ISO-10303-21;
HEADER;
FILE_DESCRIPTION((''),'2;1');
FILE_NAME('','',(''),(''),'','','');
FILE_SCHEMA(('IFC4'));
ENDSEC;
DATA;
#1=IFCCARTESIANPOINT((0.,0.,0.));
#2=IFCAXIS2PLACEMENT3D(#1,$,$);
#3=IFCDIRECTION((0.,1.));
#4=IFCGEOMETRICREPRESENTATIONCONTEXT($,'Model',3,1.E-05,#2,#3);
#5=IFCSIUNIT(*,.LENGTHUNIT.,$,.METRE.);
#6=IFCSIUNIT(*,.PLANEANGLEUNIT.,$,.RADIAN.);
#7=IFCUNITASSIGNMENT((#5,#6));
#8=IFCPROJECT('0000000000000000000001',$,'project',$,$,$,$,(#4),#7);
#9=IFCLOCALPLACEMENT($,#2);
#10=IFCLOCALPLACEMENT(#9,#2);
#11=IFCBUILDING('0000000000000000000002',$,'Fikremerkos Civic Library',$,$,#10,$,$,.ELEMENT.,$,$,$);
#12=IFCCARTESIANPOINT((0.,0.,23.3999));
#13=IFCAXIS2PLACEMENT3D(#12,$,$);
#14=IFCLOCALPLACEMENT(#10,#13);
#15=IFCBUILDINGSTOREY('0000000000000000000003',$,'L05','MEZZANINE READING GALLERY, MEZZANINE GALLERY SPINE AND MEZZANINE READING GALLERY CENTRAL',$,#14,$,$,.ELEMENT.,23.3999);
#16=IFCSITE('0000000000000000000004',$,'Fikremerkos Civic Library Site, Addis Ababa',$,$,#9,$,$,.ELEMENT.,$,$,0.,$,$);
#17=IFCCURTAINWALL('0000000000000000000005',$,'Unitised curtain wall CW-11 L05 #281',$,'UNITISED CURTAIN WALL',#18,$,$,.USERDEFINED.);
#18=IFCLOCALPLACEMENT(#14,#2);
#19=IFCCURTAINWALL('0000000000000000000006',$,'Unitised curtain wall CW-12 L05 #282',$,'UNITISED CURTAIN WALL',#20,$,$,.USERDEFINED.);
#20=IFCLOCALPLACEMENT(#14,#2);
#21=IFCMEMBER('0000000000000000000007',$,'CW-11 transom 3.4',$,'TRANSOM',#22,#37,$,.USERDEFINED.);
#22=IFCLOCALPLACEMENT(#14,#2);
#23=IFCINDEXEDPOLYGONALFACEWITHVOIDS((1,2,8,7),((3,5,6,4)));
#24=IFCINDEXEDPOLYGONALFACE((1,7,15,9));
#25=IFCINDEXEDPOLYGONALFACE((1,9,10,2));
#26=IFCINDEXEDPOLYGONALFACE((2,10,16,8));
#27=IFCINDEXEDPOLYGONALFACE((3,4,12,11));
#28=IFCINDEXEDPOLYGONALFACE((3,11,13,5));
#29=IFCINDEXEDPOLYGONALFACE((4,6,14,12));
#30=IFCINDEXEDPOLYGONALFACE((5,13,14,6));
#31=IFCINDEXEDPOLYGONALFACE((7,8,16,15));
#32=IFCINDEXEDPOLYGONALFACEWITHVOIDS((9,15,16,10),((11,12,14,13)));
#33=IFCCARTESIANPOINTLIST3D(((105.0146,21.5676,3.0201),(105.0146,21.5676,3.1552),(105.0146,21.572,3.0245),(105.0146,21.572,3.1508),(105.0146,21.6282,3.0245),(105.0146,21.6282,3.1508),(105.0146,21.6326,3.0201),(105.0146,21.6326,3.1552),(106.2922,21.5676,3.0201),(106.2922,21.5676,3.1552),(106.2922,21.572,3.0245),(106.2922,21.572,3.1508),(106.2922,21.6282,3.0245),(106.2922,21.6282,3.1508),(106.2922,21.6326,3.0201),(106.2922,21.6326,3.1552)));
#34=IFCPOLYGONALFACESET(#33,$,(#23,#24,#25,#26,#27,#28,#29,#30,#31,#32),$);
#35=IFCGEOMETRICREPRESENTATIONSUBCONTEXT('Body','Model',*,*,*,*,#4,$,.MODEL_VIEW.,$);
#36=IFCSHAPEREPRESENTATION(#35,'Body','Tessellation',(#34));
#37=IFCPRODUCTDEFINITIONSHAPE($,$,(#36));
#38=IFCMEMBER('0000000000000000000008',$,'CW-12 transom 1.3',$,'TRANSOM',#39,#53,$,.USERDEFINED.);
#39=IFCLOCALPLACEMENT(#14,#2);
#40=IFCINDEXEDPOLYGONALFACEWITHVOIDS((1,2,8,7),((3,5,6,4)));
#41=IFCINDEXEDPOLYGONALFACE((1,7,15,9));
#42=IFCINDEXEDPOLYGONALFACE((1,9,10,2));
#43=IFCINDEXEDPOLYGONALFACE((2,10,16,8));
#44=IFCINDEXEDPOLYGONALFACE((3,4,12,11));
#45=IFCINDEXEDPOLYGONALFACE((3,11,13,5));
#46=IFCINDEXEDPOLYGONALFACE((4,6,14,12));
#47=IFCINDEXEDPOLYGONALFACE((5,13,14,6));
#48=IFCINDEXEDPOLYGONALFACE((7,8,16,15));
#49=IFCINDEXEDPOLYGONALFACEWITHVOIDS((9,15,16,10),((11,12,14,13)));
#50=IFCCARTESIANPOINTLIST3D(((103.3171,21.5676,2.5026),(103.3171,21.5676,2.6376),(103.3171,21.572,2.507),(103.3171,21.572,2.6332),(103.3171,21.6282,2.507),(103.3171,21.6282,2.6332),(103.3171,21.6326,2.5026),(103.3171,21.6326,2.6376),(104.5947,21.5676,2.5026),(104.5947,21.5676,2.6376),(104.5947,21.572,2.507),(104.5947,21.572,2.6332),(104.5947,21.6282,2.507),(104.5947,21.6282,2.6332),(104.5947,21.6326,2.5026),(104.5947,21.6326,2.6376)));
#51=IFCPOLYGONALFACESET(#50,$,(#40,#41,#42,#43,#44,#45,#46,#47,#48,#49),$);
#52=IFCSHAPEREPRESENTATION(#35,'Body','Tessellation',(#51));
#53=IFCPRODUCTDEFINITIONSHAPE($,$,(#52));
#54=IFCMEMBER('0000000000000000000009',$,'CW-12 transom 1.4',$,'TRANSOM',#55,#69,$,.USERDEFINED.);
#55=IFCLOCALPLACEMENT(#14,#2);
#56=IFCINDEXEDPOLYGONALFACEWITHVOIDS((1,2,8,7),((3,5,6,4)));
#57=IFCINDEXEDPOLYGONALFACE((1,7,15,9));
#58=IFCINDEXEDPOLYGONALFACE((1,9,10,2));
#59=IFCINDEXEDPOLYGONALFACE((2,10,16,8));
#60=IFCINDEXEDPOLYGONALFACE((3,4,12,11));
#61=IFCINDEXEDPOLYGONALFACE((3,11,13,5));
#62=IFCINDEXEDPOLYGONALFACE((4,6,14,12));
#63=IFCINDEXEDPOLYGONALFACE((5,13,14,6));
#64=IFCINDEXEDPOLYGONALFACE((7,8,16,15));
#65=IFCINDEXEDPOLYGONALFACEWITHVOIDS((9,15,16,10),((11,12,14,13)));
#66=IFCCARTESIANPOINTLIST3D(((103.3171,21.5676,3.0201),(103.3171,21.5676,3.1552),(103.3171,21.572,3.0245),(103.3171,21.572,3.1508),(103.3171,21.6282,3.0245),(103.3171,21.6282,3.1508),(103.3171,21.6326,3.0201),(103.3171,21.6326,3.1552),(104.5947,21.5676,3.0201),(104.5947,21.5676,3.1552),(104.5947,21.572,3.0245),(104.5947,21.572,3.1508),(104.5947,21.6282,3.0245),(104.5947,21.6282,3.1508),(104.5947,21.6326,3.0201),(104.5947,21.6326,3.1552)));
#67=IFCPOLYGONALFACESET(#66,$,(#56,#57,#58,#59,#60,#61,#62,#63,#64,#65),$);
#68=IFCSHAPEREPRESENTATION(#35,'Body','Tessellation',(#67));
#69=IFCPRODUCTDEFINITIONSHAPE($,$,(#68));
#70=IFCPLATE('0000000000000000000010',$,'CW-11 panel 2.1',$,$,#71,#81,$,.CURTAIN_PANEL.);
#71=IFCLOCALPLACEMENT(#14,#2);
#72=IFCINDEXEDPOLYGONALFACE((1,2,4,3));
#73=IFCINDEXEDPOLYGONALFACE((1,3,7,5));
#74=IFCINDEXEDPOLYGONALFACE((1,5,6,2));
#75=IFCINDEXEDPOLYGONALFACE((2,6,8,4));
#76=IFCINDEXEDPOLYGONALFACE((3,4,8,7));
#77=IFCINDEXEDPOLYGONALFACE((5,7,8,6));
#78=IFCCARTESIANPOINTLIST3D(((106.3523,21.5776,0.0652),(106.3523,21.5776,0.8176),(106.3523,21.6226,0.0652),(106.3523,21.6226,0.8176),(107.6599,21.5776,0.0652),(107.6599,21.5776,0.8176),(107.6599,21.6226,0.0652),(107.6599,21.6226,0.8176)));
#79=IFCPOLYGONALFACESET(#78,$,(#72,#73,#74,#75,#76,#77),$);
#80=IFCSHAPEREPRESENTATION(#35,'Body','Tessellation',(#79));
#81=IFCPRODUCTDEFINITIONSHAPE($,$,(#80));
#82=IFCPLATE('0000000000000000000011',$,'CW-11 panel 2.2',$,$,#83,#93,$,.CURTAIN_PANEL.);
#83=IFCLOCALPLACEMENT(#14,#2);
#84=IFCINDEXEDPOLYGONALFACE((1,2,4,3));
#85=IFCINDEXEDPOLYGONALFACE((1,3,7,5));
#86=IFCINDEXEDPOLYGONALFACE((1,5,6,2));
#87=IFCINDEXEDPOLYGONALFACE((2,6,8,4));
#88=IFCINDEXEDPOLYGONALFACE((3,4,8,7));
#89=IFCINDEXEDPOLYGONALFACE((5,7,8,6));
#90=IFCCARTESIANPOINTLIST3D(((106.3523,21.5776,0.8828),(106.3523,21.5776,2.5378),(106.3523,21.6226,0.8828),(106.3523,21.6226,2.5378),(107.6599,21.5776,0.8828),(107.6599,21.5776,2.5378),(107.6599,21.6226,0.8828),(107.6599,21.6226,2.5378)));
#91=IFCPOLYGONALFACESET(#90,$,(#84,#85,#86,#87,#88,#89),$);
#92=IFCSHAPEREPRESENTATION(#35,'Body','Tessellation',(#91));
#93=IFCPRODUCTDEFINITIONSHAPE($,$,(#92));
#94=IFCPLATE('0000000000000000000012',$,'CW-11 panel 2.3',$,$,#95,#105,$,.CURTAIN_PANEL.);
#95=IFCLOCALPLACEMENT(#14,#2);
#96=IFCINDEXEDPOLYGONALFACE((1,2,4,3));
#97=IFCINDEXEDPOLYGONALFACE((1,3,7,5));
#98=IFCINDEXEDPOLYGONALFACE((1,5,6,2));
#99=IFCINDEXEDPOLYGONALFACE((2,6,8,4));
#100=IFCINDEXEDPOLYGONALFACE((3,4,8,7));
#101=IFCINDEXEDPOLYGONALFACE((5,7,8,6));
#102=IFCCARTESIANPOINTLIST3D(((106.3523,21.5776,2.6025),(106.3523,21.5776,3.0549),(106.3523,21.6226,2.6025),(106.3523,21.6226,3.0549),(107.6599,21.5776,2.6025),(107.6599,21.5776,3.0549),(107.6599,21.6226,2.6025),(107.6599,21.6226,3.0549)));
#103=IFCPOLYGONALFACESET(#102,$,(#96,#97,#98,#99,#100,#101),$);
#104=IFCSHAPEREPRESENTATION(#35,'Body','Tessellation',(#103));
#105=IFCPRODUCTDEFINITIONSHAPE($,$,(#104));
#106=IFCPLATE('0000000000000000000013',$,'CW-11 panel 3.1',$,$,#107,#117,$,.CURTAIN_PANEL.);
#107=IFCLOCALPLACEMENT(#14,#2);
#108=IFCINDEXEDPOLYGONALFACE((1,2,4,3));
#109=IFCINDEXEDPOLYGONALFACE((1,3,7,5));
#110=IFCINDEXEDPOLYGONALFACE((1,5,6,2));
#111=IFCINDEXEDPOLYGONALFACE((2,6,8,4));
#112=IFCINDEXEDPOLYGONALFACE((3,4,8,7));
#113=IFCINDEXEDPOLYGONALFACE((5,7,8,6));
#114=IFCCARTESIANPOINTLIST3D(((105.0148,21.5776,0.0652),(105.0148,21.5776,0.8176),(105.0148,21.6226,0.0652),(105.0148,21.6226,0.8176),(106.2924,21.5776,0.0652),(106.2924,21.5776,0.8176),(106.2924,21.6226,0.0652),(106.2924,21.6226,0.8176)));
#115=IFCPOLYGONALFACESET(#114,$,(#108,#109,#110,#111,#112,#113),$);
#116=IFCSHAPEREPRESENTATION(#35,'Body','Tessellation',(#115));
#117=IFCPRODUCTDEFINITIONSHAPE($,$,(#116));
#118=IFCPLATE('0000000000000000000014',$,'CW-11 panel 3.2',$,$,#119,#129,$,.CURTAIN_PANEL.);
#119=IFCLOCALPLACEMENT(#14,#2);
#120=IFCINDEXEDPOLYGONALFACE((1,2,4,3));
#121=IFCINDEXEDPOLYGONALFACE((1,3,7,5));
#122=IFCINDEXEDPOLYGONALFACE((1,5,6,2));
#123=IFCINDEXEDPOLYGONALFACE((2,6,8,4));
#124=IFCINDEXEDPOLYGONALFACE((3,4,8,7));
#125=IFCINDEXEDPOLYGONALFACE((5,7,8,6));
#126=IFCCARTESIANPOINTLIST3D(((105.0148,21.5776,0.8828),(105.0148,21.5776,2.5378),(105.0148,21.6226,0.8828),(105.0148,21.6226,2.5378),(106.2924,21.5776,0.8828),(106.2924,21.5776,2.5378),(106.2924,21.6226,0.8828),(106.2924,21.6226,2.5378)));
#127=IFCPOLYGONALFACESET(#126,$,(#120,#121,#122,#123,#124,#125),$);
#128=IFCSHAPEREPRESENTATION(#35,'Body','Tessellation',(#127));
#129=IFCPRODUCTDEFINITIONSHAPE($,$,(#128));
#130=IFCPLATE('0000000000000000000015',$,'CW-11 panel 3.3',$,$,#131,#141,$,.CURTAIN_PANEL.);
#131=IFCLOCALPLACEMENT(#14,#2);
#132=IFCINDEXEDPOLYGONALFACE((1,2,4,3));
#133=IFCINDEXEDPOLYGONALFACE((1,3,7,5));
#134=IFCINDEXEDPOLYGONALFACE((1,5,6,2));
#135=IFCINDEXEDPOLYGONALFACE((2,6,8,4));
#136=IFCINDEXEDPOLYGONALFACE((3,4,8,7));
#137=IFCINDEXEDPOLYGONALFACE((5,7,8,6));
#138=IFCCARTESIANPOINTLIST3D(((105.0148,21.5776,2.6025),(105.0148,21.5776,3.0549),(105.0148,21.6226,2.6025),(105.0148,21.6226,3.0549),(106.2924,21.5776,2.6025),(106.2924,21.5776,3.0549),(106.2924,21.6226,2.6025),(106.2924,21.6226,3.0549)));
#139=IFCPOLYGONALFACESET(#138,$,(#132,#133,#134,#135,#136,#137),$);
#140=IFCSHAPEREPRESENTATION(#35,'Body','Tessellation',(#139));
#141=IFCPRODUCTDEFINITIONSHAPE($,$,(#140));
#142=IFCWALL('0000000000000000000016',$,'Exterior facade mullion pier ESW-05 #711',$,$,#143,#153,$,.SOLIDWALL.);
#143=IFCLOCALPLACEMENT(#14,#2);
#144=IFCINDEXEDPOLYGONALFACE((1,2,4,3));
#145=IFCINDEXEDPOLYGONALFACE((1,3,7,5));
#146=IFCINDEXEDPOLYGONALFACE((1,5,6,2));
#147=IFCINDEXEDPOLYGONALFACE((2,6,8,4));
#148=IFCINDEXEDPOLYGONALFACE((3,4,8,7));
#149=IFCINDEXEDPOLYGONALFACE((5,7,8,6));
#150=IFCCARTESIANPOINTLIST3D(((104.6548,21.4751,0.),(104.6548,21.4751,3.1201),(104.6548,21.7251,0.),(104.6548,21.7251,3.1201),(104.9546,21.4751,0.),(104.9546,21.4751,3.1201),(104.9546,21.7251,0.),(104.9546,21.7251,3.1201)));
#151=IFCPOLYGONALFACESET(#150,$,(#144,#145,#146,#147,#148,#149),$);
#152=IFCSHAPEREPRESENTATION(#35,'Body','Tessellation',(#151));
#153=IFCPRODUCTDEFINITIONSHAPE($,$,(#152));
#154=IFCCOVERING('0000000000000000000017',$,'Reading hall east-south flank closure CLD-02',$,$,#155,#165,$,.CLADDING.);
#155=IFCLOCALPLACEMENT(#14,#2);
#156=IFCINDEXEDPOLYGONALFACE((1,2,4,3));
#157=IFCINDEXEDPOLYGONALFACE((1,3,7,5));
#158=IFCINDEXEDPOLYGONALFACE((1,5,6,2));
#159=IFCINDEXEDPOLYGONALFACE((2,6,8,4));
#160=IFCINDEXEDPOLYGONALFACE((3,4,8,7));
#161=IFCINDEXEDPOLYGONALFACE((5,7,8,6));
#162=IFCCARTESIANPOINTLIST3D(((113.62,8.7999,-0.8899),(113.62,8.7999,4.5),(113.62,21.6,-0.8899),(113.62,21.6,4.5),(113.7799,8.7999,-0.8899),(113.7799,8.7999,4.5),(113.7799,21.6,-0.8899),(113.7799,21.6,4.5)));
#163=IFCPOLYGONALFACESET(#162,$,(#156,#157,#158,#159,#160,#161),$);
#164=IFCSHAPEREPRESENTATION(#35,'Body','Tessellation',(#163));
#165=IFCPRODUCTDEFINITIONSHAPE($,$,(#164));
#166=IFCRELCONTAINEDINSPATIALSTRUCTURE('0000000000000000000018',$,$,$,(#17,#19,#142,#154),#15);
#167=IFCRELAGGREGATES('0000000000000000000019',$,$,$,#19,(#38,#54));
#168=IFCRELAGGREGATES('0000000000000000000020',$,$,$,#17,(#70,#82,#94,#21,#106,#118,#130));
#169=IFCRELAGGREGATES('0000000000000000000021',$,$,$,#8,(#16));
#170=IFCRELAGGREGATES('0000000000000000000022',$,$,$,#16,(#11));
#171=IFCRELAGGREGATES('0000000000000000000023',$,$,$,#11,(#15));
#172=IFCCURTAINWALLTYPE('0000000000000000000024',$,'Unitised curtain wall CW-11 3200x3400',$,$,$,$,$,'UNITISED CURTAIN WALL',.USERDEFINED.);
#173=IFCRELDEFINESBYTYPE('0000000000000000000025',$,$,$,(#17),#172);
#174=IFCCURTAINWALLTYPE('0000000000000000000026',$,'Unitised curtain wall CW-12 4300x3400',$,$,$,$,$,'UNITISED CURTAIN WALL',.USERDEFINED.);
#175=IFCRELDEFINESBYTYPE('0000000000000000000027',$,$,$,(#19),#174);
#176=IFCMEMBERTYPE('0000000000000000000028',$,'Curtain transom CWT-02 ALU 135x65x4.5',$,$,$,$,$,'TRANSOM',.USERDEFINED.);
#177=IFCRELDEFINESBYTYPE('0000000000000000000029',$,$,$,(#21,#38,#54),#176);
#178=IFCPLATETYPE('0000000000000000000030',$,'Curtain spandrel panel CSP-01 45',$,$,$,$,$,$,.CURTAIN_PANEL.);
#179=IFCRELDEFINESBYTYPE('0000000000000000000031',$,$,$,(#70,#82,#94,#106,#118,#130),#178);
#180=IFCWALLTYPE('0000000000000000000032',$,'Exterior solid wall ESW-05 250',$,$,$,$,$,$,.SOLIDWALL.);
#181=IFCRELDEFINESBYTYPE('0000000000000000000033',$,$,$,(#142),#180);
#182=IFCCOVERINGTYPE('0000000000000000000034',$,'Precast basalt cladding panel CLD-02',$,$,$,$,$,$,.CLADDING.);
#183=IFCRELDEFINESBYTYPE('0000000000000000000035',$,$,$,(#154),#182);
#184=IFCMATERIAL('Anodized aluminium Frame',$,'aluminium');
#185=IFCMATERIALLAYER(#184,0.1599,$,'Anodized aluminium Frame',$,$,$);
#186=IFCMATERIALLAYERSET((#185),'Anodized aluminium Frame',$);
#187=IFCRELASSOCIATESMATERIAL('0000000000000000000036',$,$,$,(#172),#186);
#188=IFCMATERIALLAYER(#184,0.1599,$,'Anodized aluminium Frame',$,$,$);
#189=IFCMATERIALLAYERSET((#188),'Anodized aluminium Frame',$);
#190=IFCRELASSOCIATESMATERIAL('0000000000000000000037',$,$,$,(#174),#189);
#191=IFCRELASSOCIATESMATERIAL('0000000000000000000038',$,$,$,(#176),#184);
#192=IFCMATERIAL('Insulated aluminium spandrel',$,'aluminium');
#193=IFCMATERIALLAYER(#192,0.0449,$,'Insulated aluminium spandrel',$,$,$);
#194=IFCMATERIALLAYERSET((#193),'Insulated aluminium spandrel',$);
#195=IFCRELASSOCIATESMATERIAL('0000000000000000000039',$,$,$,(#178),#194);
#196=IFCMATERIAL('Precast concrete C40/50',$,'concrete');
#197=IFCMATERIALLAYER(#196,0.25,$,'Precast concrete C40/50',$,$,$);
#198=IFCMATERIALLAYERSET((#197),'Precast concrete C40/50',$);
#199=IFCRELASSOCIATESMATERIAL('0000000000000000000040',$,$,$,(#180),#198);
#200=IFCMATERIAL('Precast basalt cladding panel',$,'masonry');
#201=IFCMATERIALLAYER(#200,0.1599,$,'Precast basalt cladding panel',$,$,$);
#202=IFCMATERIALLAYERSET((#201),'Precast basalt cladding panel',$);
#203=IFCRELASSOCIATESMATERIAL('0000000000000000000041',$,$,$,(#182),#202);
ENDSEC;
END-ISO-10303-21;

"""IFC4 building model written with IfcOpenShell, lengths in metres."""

from ifc_helpers import new_model, si_unit, direction, frame, frame_2d, origin, origin_2d, place, context, subcontext, project, spatial, rectangle, hollow_rectangle, extrude, material, layer, layer_set, material_profile, profile_set, type_object, element, aggregate, save


model = new_model("IFC4")

# Units and contexts
model_context = context("Model", 3, precision=1e-05, world=origin(), true_north=direction((0.0, 1.0)))
body_context = subcontext(model_context, "Body", "Model", "MODEL_VIEW")
ifc_project = project(units=[si_unit("LENGTHUNIT", "METRE"), si_unit("PLANEANGLEUNIT", "RADIAN")], contexts=[model_context])

# Site, building, storey
site_placement = place(None, origin())
site = spatial("IfcSite", under=ifc_project, at=site_placement, Name="Fikremerkos Civic Library Site, Addis Ababa", CompositionType="ELEMENT", RefElevation=0.0)
building_placement = place(site_placement, origin())
building = spatial("IfcBuilding", under=site, at=building_placement, Name="Fikremerkos Civic Library", CompositionType="ELEMENT")
storey_placement = place(building_placement, frame((0.0, 0.0, 23.3999)))
storey = spatial("IfcBuildingStorey", under=building, at=storey_placement, Name="L05", Description="MEZZANINE READING GALLERY, MEZZANINE GALLERY SPINE AND MEZZANINE READING GALLERY CENTRAL", CompositionType="ELEMENT", Elevation=23.3999)

# Curtain wall
ifc_material_1 = material(Name="Anodized aluminium Frame", Category="aluminium")
ifc_layer_1 = layer(ifc_material_1, 0.1599, Name="Anodized aluminium Frame")
ifc_layer_set_1 = layer_set([ifc_layer_1], Name="Anodized aluminium Frame")
curtain_wall_type_1 = type_object("IfcCurtainWallType", Name="Unitised curtain wall CW-11 3200x3400", ElementType="UNITISED CURTAIN WALL", PredefinedType="USERDEFINED", material=ifc_layer_set_1)
curtain_wall_1_placement = place(storey_placement, origin())
curtain_wall_1 = element("IfcCurtainWall", 1, at=curtain_wall_1_placement, inside=storey, type_object=curtain_wall_type_1, Name="Unitised curtain wall CW-11 L05 #281", ObjectType="UNITISED CURTAIN WALL", PredefinedType="USERDEFINED")

# Curtain wall
ifc_layer_2 = layer(ifc_material_1, 0.1599, Name="Anodized aluminium Frame")
ifc_layer_set_2 = layer_set([ifc_layer_2], Name="Anodized aluminium Frame")
curtain_wall_type_2 = type_object("IfcCurtainWallType", Name="Unitised curtain wall CW-12 4300x3400", ElementType="UNITISED CURTAIN WALL", PredefinedType="USERDEFINED", material=ifc_layer_set_2)
curtain_wall_2_placement = place(storey_placement, origin())
curtain_wall_2 = element("IfcCurtainWall", 2, at=curtain_wall_2_placement, inside=storey, type_object=curtain_wall_type_2, Name="Unitised curtain wall CW-12 L05 #282", ObjectType="UNITISED CURTAIN WALL", PredefinedType="USERDEFINED")

# Members
ifc_material_profile_1 = material_profile(ifc_material_1, hollow_rectangle(XDim=0.0649, YDim=0.135, WallThickness=0.0044, at=origin_2d()), Name="ALU 135x65x4.5")
ifc_profile_set_1 = profile_set([ifc_material_profile_1], Name="Anodized aluminium Frame")
member_type_1 = type_object("IfcMemberType", Name="Curtain transom CWT-02 ALU 135x65x4.5", ElementType="TRANSOM", PredefinedType="USERDEFINED", material=ifc_profile_set_1)
member_1_placement = place(storey_placement, frame((106.2922, 21.6001, 3.0876), z_axis=(-1.0, 0.0, 0.0), x_axis=(0.0, -1.0, 0.0)))
member_1 = element("IfcMember", 3, at=member_1_placement, type_object=member_type_1, Name="CW-11 transom 3.4", ObjectType="TRANSOM", PredefinedType="USERDEFINED", context=body_context, shape_type="SweptSolid", body=[
    extrude(hollow_rectangle(XDim=0.0649, YDim=0.135, WallThickness=0.0044, at=origin_2d()), origin(), (0.0, 0.0, 1.0), 1.2776),
])
member_2_placement = place(storey_placement, frame((104.5947, 21.6001, 2.5701), z_axis=(-1.0, 0.0, 0.0), x_axis=(0.0, -1.0, 0.0)))
member_2 = element("IfcMember", 4, at=member_2_placement, type_object=member_type_1, Name="CW-12 transom 1.3", ObjectType="TRANSOM", PredefinedType="USERDEFINED", context=body_context, shape_type="SweptSolid", body=[
    extrude(hollow_rectangle(XDim=0.0649, YDim=0.135, WallThickness=0.0044, at=origin_2d()), origin(), (0.0, 0.0, 1.0), 1.2776),
])
member_3_placement = place(storey_placement, frame((104.5947, 21.6001, 3.0876), z_axis=(-1.0, 0.0, 0.0), x_axis=(0.0, -1.0, 0.0)))
member_3 = element("IfcMember", 5, at=member_3_placement, type_object=member_type_1, Name="CW-12 transom 1.4", ObjectType="TRANSOM", PredefinedType="USERDEFINED", context=body_context, shape_type="SweptSolid", body=[
    extrude(hollow_rectangle(XDim=0.0649, YDim=0.135, WallThickness=0.0044, at=origin_2d()), origin(), (0.0, 0.0, 1.0), 1.2776),
])
aggregate(curtain_wall_2, [member_2, member_3])

# Plates
ifc_material_2 = material(Name="Insulated aluminium spandrel", Category="aluminium")
ifc_layer_3 = layer(ifc_material_2, 0.0449, Name="Insulated aluminium spandrel")
ifc_layer_set_3 = layer_set([ifc_layer_3], Name="Insulated aluminium spandrel")
plate_type = type_object("IfcPlateType", Name="Curtain spandrel panel CSP-01 45", PredefinedType="CURTAIN_PANEL", material=ifc_layer_set_3)
plate_1_placement = place(storey_placement, frame((107.0061, 21.6001, 0.0652), z_axis=(0.0, 0.0, 1.0), x_axis=(-1.0, 0.0, 0.0)))
plate_1 = element("IfcPlate", 6, at=plate_1_placement, type_object=plate_type, Name="CW-11 panel 2.1", PredefinedType="CURTAIN_PANEL", context=body_context, shape_type="SweptSolid", body=[
    extrude(rectangle(XDim=1.3076, YDim=0.0449, at=origin_2d()), origin(), (0.0, 0.0, 1.0), 0.7524),
])
plate_2_placement = place(storey_placement, frame((107.0061, 21.6001, 0.8828), z_axis=(0.0, 0.0, 1.0), x_axis=(-1.0, 0.0, 0.0)))
plate_2 = element("IfcPlate", 7, at=plate_2_placement, type_object=plate_type, Name="CW-11 panel 2.2", PredefinedType="CURTAIN_PANEL", context=body_context, shape_type="SweptSolid", body=[
    extrude(rectangle(XDim=1.3076, YDim=0.0449, at=origin_2d()), origin(), (0.0, 0.0, 1.0), 1.655),
])
plate_3_placement = place(storey_placement, frame((107.0061, 21.6001, 2.6025), z_axis=(0.0, 0.0, 1.0), x_axis=(-1.0, 0.0, 0.0)))
plate_3 = element("IfcPlate", 8, at=plate_3_placement, type_object=plate_type, Name="CW-11 panel 2.3", PredefinedType="CURTAIN_PANEL", context=body_context, shape_type="SweptSolid", body=[
    extrude(rectangle(XDim=1.3076, YDim=0.0449, at=origin_2d()), origin(), (0.0, 0.0, 1.0), 0.4524),
])
plate_4_placement = place(storey_placement, frame((105.6536, 21.6001, 0.0652), z_axis=(0.0, 0.0, 1.0), x_axis=(-1.0, 0.0, 0.0)))
plate_4 = element("IfcPlate", 9, at=plate_4_placement, type_object=plate_type, Name="CW-11 panel 3.1", PredefinedType="CURTAIN_PANEL", context=body_context, shape_type="SweptSolid", body=[
    extrude(rectangle(XDim=1.2776, YDim=0.0449, at=origin_2d()), origin(), (0.0, 0.0, 1.0), 0.7524),
])
plate_5_placement = place(storey_placement, frame((105.6536, 21.6001, 0.8828), z_axis=(0.0, 0.0, 1.0), x_axis=(-1.0, 0.0, 0.0)))
plate_5 = element("IfcPlate", 10, at=plate_5_placement, type_object=plate_type, Name="CW-11 panel 3.2", PredefinedType="CURTAIN_PANEL", context=body_context, shape_type="SweptSolid", body=[
    extrude(rectangle(XDim=1.2776, YDim=0.0449, at=origin_2d()), origin(), (0.0, 0.0, 1.0), 1.655),
])
plate_6_placement = place(storey_placement, frame((105.6536, 21.6001, 2.6025), z_axis=(0.0, 0.0, 1.0), x_axis=(-1.0, 0.0, 0.0)))
plate_6 = element("IfcPlate", 11, at=plate_6_placement, type_object=plate_type, Name="CW-11 panel 3.3", PredefinedType="CURTAIN_PANEL", context=body_context, shape_type="SweptSolid", body=[
    extrude(rectangle(XDim=1.2776, YDim=0.0449, at=origin_2d()), origin(), (0.0, 0.0, 1.0), 0.4524),
])
aggregate(curtain_wall_1, [plate_1, plate_2, plate_3, member_1, plate_4, plate_5, plate_6])

# Wall
ifc_material_3 = material(Name="Precast concrete C40/50", Category="concrete")
ifc_layer_4 = layer(ifc_material_3, 0.25, Name="Precast concrete C40/50")
ifc_layer_set_4 = layer_set([ifc_layer_4], Name="Precast concrete C40/50")
wall_type = type_object("IfcWallType", Name="Exterior solid wall ESW-05 250", PredefinedType="SOLIDWALL", material=ifc_layer_set_4)
wall_placement = place(storey_placement, frame((104.9546, 21.6001, 0.0), z_axis=(0.0, 0.0, 1.0), x_axis=(-1.0, 0.0, 0.0)))
element("IfcWall", 12, at=wall_placement, inside=storey, type_object=wall_type, Name="Exterior facade mullion pier ESW-05 #711", PredefinedType="SOLIDWALL", context=body_context, shape_type="SweptSolid", body=[
    extrude(rectangle(XDim=0.2998, YDim=0.25, at=frame_2d((0.1499, 0.0))), origin(), (0.0, 0.0, 1.0), 3.1201),
])

# Covering
ifc_material_4 = material(Name="Precast basalt cladding panel", Category="masonry")
ifc_layer_5 = layer(ifc_material_4, 0.1599, Name="Precast basalt cladding panel")
ifc_layer_set_5 = layer_set([ifc_layer_5], Name="Precast basalt cladding panel")
covering_type = type_object("IfcCoveringType", Name="Precast basalt cladding panel CLD-02", PredefinedType="CLADDING", material=ifc_layer_set_5)
covering_placement = place(storey_placement, frame((113.7, 8.8, -0.8899), z_axis=(0.0, 0.0, 1.0), x_axis=(0.0, 1.0, 0.0)))
element("IfcCovering", 13, at=covering_placement, inside=storey, type_object=covering_type, Name="Reading hall east-south flank closure CLD-02", PredefinedType="CLADDING", context=body_context, shape_type="SweptSolid", body=[
    extrude(rectangle(XDim=12.8, YDim=0.1599, at=frame_2d((6.3999, 0.0))), origin(), (0.0, 0.0, 1.0), 5.3899),
])

save(model, "model.ifc")
